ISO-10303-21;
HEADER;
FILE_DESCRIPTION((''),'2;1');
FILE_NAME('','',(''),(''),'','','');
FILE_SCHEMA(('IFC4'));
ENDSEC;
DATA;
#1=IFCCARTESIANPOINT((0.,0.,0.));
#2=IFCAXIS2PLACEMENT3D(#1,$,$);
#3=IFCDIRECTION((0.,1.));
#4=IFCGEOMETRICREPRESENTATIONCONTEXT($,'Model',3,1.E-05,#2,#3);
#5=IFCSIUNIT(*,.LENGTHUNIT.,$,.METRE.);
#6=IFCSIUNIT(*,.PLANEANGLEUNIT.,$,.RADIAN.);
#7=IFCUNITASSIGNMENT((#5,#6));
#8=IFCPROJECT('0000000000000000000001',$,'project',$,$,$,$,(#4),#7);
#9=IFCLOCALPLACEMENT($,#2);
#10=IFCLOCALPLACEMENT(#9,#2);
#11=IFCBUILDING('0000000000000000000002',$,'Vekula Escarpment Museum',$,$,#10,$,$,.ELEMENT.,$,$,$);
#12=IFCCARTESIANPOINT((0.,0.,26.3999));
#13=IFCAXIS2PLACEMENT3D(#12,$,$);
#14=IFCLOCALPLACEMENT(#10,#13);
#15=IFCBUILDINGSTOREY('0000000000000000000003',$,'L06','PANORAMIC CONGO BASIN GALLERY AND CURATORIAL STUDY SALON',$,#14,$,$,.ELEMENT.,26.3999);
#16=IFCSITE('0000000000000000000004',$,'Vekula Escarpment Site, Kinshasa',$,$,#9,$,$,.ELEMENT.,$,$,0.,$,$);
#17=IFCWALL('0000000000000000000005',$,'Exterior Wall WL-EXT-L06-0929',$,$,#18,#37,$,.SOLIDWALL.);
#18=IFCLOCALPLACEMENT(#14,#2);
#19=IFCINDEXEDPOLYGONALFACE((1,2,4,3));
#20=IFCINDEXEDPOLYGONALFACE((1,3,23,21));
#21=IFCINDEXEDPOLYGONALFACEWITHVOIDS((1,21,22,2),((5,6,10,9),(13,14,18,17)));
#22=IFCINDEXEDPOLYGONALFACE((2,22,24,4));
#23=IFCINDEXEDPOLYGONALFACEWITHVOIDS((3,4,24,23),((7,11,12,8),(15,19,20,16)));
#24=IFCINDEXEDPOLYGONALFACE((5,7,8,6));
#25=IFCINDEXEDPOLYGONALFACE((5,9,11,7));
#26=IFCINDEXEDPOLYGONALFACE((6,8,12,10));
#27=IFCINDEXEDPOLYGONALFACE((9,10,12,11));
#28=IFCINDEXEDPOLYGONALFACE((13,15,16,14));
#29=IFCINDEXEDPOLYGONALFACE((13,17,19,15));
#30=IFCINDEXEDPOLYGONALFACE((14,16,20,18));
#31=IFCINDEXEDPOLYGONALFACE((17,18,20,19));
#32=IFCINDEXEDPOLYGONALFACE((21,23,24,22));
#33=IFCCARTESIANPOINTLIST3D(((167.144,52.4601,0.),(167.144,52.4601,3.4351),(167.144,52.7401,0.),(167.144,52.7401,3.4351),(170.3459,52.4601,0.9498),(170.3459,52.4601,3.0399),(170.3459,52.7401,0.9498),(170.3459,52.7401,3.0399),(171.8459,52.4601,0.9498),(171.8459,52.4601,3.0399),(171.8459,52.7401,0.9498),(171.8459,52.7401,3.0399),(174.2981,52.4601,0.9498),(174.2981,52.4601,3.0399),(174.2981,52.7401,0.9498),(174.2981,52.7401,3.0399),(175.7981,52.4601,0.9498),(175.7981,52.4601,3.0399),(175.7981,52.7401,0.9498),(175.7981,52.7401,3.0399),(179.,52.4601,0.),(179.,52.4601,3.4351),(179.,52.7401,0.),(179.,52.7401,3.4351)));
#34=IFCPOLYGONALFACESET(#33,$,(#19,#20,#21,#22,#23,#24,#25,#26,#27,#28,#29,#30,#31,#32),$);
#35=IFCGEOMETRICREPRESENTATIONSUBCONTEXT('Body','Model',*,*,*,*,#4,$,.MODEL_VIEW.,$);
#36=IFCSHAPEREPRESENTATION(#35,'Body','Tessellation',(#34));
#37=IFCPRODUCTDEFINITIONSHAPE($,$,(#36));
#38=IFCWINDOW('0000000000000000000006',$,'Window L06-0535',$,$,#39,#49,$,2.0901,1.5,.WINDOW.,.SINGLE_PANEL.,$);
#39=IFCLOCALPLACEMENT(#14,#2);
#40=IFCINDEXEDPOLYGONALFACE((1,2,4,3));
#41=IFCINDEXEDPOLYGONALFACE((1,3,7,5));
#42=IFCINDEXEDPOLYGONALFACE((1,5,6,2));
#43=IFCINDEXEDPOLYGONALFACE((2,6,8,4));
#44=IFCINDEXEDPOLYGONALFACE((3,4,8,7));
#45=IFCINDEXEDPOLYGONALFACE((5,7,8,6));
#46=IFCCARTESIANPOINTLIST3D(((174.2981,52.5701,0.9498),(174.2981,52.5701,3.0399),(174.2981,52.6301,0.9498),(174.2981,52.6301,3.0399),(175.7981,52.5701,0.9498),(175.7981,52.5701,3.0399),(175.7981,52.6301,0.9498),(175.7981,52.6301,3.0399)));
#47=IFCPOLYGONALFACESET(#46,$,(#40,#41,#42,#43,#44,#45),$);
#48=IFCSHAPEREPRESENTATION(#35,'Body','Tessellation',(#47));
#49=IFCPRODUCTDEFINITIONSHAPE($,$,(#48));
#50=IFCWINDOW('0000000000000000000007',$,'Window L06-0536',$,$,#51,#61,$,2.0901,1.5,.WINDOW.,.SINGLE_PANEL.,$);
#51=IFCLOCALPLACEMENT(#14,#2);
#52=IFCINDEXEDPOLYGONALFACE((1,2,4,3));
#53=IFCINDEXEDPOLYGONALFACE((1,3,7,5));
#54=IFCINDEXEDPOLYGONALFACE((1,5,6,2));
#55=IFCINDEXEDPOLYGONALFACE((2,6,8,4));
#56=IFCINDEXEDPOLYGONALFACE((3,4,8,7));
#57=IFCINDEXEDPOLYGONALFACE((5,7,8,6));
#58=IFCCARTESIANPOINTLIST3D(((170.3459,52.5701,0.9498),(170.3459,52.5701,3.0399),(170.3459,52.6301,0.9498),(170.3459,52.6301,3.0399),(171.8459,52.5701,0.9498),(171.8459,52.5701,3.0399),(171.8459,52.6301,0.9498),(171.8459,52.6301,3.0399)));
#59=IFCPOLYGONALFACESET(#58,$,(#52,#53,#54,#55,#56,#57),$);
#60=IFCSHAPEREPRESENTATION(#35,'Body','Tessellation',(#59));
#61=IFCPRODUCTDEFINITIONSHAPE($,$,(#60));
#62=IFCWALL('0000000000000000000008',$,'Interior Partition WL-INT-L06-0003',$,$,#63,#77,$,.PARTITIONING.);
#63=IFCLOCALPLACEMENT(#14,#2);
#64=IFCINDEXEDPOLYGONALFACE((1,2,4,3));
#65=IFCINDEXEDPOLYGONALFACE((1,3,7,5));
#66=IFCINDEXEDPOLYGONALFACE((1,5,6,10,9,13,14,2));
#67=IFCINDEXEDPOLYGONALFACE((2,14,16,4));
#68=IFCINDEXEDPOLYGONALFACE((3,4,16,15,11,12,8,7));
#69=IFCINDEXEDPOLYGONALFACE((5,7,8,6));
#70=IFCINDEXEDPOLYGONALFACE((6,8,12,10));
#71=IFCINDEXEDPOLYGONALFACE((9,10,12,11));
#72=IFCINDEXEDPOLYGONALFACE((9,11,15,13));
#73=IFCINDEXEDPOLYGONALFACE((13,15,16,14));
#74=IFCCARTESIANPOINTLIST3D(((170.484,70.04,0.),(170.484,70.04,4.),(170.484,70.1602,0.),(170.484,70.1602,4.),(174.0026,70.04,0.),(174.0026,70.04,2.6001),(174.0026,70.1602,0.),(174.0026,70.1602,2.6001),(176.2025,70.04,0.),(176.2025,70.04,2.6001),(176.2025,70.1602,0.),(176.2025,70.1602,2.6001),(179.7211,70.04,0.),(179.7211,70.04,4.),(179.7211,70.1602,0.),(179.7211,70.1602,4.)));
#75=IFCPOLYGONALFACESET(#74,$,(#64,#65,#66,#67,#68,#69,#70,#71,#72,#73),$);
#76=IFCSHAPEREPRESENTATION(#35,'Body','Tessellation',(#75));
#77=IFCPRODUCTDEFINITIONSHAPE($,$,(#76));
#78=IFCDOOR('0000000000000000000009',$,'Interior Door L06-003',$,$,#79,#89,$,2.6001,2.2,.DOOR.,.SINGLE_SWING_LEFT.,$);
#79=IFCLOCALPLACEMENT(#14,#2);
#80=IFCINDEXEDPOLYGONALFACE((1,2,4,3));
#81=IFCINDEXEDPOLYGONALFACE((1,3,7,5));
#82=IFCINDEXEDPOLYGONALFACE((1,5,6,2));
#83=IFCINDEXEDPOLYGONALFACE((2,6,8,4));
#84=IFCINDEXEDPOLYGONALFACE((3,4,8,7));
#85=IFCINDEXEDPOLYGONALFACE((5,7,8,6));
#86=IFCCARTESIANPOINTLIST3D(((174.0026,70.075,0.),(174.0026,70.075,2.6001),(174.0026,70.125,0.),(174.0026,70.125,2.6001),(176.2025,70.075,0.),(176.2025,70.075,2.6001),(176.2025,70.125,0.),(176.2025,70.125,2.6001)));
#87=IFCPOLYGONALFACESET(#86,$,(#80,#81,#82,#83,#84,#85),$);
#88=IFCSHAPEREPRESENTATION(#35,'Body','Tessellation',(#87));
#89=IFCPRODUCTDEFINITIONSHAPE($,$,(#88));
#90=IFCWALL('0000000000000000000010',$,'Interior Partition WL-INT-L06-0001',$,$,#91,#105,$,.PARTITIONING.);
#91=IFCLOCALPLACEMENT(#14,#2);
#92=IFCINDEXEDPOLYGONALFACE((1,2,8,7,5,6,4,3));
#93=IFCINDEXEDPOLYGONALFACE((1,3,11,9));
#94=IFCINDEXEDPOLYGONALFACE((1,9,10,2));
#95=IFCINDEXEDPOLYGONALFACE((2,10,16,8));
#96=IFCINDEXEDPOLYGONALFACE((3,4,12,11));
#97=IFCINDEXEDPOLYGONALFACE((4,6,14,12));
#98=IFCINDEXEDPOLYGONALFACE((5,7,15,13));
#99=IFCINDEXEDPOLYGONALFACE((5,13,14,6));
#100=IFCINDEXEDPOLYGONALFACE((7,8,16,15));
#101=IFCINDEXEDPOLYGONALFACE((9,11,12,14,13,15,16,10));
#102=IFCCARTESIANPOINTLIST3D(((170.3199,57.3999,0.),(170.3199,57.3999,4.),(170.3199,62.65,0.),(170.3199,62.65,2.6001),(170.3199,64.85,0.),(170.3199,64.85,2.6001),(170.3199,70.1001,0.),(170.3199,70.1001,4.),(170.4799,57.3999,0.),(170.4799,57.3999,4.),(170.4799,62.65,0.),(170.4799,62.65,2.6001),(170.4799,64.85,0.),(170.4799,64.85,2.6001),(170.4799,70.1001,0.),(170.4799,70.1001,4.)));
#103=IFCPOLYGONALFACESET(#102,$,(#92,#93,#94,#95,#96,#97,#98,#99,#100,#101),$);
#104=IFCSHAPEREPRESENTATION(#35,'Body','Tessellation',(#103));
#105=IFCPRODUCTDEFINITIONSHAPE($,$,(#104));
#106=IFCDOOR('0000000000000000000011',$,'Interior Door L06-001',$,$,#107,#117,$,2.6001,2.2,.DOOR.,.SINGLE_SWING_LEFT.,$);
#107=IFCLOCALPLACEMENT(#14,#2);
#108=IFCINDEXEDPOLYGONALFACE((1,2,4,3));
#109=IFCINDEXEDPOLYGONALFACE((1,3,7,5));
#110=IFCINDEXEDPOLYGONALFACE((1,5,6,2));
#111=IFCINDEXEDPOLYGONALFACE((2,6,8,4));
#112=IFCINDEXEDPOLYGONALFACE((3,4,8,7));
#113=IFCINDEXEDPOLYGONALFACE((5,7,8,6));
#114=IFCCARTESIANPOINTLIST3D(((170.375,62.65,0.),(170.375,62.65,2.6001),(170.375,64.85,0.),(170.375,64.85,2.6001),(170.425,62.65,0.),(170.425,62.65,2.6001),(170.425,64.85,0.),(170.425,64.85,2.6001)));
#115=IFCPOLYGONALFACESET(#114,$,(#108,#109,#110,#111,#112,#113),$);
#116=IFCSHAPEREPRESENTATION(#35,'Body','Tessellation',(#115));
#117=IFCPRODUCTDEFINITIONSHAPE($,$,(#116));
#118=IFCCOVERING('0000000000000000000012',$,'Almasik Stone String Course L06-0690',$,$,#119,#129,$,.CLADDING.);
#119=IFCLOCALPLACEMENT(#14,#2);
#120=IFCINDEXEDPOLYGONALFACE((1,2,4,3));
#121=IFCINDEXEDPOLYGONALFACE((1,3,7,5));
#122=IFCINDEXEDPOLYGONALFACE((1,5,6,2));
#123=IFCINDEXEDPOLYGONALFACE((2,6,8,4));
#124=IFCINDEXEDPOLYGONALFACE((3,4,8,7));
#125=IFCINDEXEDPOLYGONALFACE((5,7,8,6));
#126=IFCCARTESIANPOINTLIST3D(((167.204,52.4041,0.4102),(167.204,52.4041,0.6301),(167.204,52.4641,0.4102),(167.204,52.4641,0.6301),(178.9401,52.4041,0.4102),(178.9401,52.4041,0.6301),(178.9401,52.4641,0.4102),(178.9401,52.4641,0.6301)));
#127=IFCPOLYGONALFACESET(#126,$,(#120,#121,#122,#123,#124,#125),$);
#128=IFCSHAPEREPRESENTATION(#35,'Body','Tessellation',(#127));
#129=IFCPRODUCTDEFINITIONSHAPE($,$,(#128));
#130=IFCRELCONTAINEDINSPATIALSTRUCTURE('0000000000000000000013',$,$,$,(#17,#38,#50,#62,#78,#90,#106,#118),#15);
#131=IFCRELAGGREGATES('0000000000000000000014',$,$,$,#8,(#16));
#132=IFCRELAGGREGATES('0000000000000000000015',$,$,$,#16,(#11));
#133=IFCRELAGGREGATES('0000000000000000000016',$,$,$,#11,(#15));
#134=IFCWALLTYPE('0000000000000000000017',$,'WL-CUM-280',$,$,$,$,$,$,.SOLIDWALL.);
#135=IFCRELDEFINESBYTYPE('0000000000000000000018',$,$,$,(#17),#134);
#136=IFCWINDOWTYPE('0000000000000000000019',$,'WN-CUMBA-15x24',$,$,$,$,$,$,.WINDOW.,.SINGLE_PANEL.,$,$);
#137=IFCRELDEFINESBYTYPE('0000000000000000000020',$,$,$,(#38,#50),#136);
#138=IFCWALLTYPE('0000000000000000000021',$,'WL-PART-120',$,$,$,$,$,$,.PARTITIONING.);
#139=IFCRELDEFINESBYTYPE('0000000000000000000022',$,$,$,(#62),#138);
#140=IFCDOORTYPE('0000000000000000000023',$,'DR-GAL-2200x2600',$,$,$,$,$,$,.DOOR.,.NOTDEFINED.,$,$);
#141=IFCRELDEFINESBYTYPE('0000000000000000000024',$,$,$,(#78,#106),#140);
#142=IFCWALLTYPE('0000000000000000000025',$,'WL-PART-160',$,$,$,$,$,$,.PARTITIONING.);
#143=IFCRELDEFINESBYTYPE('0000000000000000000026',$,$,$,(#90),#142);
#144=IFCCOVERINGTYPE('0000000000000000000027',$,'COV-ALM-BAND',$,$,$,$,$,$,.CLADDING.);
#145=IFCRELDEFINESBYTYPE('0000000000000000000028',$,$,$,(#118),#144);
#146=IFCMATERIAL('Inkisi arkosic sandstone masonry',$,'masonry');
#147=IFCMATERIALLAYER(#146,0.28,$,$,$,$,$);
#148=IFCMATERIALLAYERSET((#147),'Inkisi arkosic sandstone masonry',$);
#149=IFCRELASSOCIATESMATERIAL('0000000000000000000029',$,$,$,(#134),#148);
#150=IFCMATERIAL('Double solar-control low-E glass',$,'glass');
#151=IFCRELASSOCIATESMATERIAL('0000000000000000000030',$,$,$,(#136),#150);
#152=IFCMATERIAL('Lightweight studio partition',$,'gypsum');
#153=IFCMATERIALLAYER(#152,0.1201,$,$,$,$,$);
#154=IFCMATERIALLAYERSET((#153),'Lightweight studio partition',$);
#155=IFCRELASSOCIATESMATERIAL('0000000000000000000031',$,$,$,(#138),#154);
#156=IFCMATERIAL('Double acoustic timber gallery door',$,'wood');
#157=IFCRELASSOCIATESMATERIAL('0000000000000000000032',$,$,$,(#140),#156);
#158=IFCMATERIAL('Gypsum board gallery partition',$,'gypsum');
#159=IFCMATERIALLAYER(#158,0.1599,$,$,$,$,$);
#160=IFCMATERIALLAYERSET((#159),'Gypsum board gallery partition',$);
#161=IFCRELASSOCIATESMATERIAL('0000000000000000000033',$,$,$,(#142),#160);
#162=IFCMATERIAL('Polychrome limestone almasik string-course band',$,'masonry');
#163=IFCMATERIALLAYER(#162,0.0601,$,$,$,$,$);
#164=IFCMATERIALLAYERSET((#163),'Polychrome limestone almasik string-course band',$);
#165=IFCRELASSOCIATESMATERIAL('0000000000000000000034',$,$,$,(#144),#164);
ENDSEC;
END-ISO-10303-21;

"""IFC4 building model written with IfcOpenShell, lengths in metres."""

from ifc_helpers import new_model, si_unit, direction, frame, frame_2d, origin, origin_2d, place, context, subcontext, project, spatial, rectangle, extrude, material, layer, layer_set, type_object, element, fill, save


model = new_model("IFC4")

# Units and contexts
model_context = context("Model", 3, precision=1e-05, world=origin(), true_north=direction((0.0, 1.0)))
body_context = subcontext(model_context, "Body", "Model", "MODEL_VIEW")
ifc_project = project(units=[si_unit("LENGTHUNIT", "METRE"), si_unit("PLANEANGLEUNIT", "RADIAN")], contexts=[model_context])

# Site, building, storey
site_placement = place(None, origin())
site = spatial("IfcSite", under=ifc_project, at=site_placement, Name="Vekula Escarpment Site, Kinshasa", CompositionType="ELEMENT", RefElevation=0.0)
building_placement = place(site_placement, origin())
building = spatial("IfcBuilding", under=site, at=building_placement, Name="Vekula Escarpment Museum", CompositionType="ELEMENT")
storey_placement = place(building_placement, frame((0.0, 0.0, 26.3999)))
storey = spatial("IfcBuildingStorey", under=building, at=storey_placement, Name="L06", Description="PANORAMIC CONGO BASIN GALLERY AND CURATORIAL STUDY SALON", CompositionType="ELEMENT", Elevation=26.3999)

# Wall, openings, windows
ifc_material_1 = material(Name="Inkisi arkosic sandstone masonry", Category="masonry")
ifc_layer_1 = layer(ifc_material_1, 0.28)
ifc_layer_set_1 = layer_set([ifc_layer_1], Name="Inkisi arkosic sandstone masonry")
wall_type_1 = type_object("IfcWallType", Name="WL-CUM-280", PredefinedType="SOLIDWALL", material=ifc_layer_set_1)
wall_1_placement = place(storey_placement, frame((179.0, 52.6001, 0.0), z_axis=(0.0, 0.0, 1.0), x_axis=(-1.0, 0.0, 0.0)))
wall_1 = element("IfcWall", 1, at=wall_1_placement, inside=storey, type_object=wall_type_1, Name="Exterior Wall WL-EXT-L06-0929", PredefinedType="SOLIDWALL", context=body_context, shape_type="SweptSolid", body=[
    extrude(rectangle(XDim=11.856, YDim=0.28, at=frame_2d((5.928, 0.0))), origin(), (0.0, 0.0, 1.0), 3.4351),
])
opening_1_placement = place(wall_1_placement, frame((3.2019, 0.0, 0.95)))
opening_1 = element("IfcOpeningElement", 2, at=opening_1_placement, cuts=wall_1, PredefinedType="OPENING", context=body_context, shape_type="SweptSolid", body=[
    extrude(rectangle(XDim=1.5, YDim=2.0901, at=frame_2d((0.75, 1.0449))), frame((0.0, 0.1499, 0.0), z_axis=(0.0, -1.0, 0.0), x_axis=(1.0, 0.0, 0.0)), (0.0, 0.0, 1.0), 0.3),
])
opening_2_placement = place(wall_1_placement, frame((7.1541, 0.0, 0.95)))
opening_2 = element("IfcOpeningElement", 3, at=opening_2_placement, cuts=wall_1, PredefinedType="OPENING", context=body_context, shape_type="SweptSolid", body=[
    extrude(rectangle(XDim=1.5, YDim=2.0901, at=frame_2d((0.75, 1.0449))), frame((0.0, 0.1499, 0.0), z_axis=(0.0, -1.0, 0.0), x_axis=(1.0, 0.0, 0.0)), (0.0, 0.0, 1.0), 0.3),
])
ifc_material_2 = material(Name="Double solar-control low-E glass", Category="glass")
window_type = type_object("IfcWindowType", Name="WN-CUMBA-15x24", PartitioningType="SINGLE_PANEL", PredefinedType="WINDOW", material=ifc_material_2)
window_1_placement = place(opening_1_placement, origin())
window_1 = element("IfcWindow", 4, at=window_1_placement, inside=storey, type_object=window_type, Name="Window L06-0535", OverallHeight=2.0901, OverallWidth=1.5, PartitioningType="SINGLE_PANEL", PredefinedType="WINDOW", context=body_context, shape_type="SweptSolid", body=[
    extrude(rectangle(XDim=1.5, YDim=2.0901, at=frame_2d((0.75, 1.0449))), frame((0.0, 0.03, 0.0), z_axis=(0.0, -1.0, 0.0), x_axis=(1.0, 0.0, 0.0)), (0.0, 0.0, 1.0), 0.0601),
])
fill(opening_1, window_1)
window_2_placement = place(opening_2_placement, origin())
window_2 = element("IfcWindow", 5, at=window_2_placement, inside=storey, type_object=window_type, Name="Window L06-0536", OverallHeight=2.0901, OverallWidth=1.5, PartitioningType="SINGLE_PANEL", PredefinedType="WINDOW", context=body_context, shape_type="SweptSolid", body=[
    extrude(rectangle(XDim=1.5, YDim=2.0901, at=frame_2d((0.75, 1.0449))), frame((0.0, 0.03, 0.0), z_axis=(0.0, -1.0, 0.0), x_axis=(1.0, 0.0, 0.0)), (0.0, 0.0, 1.0), 0.0601),
])
fill(opening_2, window_2)

# Walls, openings, doors
ifc_material_3 = material(Name="Lightweight studio partition", Category="gypsum")
ifc_layer_2 = layer(ifc_material_3, 0.1201)
ifc_layer_set_2 = layer_set([ifc_layer_2], Name="Lightweight studio partition")
wall_type_2 = type_object("IfcWallType", Name="WL-PART-120", PredefinedType="PARTITIONING", material=ifc_layer_set_2)
wall_2_placement = place(storey_placement, frame((170.4839, 70.1001, 0.0), z_axis=(0.0, 0.0, 1.0), x_axis=(1.0, 0.0, 0.0)))
wall_2 = element("IfcWall", 6, at=wall_2_placement, inside=storey, type_object=wall_type_2, Name="Interior Partition WL-INT-L06-0003", PredefinedType="PARTITIONING", context=body_context, shape_type="SweptSolid", body=[
    extrude(rectangle(XDim=9.2371, YDim=0.1201, at=frame_2d((4.6187, 0.0))), origin(), (0.0, 0.0, 1.0), 4.0),
])
opening_3_placement = place(wall_2_placement, frame((3.5186, 0.0, 0.0)))
opening_3 = element("IfcOpeningElement", 7, at=opening_3_placement, cuts=wall_2, PredefinedType="OPENING", context=body_context, shape_type="SweptSolid", body=[
    extrude(rectangle(XDim=2.2, YDim=2.6001, at=frame_2d((1.1001, 1.3))), frame((0.0, 0.0701, 0.0), z_axis=(0.0, -1.0, 0.0), x_axis=(1.0, 0.0, 0.0)), (0.0, 0.0, 1.0), 0.1401),
])
ifc_material_4 = material(Name="Double acoustic timber gallery door", Category="wood")
door_type_1 = type_object("IfcDoorType", Name="DR-GAL-2200x2600", OperationType="NOTDEFINED", PredefinedType="DOOR", material=ifc_material_4)
door_1_placement = place(opening_3_placement, origin())
door_1 = element("IfcDoor", 8, at=door_1_placement, inside=storey, type_object=door_type_1, Name="Interior Door L06-003", OperationType="SINGLE_SWING_LEFT", OverallHeight=2.6001, OverallWidth=2.2, PredefinedType="DOOR", context=body_context, shape_type="SweptSolid", body=[
    extrude(rectangle(XDim=2.2, YDim=2.6001, at=frame_2d((1.1001, 1.3))), frame((0.0, 0.0249, 0.0), z_axis=(0.0, -1.0, 0.0), x_axis=(1.0, 0.0, 0.0)), (0.0, 0.0, 1.0), 0.05),
])
fill(opening_3, door_1)
ifc_material_5 = material(Name="Gypsum board gallery partition", Category="gypsum")
ifc_layer_3 = layer(ifc_material_5, 0.1599)
ifc_layer_set_3 = layer_set([ifc_layer_3], Name="Gypsum board gallery partition")
wall_type_3 = type_object("IfcWallType", Name="WL-PART-160", PredefinedType="PARTITIONING", material=ifc_layer_set_3)
wall_3_placement = place(storey_placement, frame((170.3999, 57.3999, 0.0), z_axis=(0.0, 0.0, 1.0), x_axis=(0.0, 1.0, 0.0)))
wall_3 = element("IfcWall", 9, at=wall_3_placement, inside=storey, type_object=wall_type_3, Name="Interior Partition WL-INT-L06-0001", PredefinedType="PARTITIONING", context=body_context, shape_type="SweptSolid", body=[
    extrude(rectangle(XDim=12.7002, YDim=0.1599, at=frame_2d((6.3501, 0.0))), origin(), (0.0, 0.0, 1.0), 4.0),
])
opening_4_placement = place(wall_3_placement, frame((5.25, 0.0, 0.0)))
opening_4 = element("IfcOpeningElement", 10, at=opening_4_placement, cuts=wall_3, PredefinedType="OPENING", context=body_context, shape_type="SweptSolid", body=[
    extrude(rectangle(XDim=2.2, YDim=2.6001, at=frame_2d((1.1001, 1.3))), frame((0.0, 0.0898, 0.0), z_axis=(0.0, -1.0, 0.0), x_axis=(1.0, 0.0, 0.0)), (0.0, 0.0, 1.0), 0.1799),
])
door_2_placement = place(opening_4_placement, origin())
door_2 = element("IfcDoor", 11, at=door_2_placement, inside=storey, type_object=door_type_1, Name="Interior Door L06-001", OperationType="SINGLE_SWING_LEFT", OverallHeight=2.6001, OverallWidth=2.2, PredefinedType="DOOR", context=body_context, shape_type="SweptSolid", body=[
    extrude(rectangle(XDim=2.2, YDim=2.6001, at=frame_2d((1.1001, 1.3))), frame((0.0, 0.0249, 0.0), z_axis=(0.0, -1.0, 0.0), x_axis=(1.0, 0.0, 0.0)), (0.0, 0.0, 1.0), 0.05),
])
fill(opening_4, door_2)

# Covering
ifc_material_6 = material(Name="Polychrome limestone almasik string-course band", Category="masonry")
ifc_layer_4 = layer(ifc_material_6, 0.0601)
ifc_layer_set_4 = layer_set([ifc_layer_4], Name="Polychrome limestone almasik string-course band")
covering_type = type_object("IfcCoveringType", Name="COV-ALM-BAND", PredefinedType="CLADDING", material=ifc_layer_set_4)
covering_placement = place(storey_placement, frame((173.072, 52.4341, 0.4102), z_axis=(0.0, 0.0, 1.0), x_axis=(1.0, 0.0, 0.0)))
element("IfcCovering", 12, at=covering_placement, inside=storey, type_object=covering_type, Name="Almasik Stone String Course L06-0690", PredefinedType="CLADDING", context=body_context, shape_type="SweptSolid", body=[
    extrude(rectangle(XDim=11.7361, YDim=0.0601, at=origin_2d()), origin(), (0.0, 0.0, 1.0), 0.22),
])

save(model, "model.ifc")
